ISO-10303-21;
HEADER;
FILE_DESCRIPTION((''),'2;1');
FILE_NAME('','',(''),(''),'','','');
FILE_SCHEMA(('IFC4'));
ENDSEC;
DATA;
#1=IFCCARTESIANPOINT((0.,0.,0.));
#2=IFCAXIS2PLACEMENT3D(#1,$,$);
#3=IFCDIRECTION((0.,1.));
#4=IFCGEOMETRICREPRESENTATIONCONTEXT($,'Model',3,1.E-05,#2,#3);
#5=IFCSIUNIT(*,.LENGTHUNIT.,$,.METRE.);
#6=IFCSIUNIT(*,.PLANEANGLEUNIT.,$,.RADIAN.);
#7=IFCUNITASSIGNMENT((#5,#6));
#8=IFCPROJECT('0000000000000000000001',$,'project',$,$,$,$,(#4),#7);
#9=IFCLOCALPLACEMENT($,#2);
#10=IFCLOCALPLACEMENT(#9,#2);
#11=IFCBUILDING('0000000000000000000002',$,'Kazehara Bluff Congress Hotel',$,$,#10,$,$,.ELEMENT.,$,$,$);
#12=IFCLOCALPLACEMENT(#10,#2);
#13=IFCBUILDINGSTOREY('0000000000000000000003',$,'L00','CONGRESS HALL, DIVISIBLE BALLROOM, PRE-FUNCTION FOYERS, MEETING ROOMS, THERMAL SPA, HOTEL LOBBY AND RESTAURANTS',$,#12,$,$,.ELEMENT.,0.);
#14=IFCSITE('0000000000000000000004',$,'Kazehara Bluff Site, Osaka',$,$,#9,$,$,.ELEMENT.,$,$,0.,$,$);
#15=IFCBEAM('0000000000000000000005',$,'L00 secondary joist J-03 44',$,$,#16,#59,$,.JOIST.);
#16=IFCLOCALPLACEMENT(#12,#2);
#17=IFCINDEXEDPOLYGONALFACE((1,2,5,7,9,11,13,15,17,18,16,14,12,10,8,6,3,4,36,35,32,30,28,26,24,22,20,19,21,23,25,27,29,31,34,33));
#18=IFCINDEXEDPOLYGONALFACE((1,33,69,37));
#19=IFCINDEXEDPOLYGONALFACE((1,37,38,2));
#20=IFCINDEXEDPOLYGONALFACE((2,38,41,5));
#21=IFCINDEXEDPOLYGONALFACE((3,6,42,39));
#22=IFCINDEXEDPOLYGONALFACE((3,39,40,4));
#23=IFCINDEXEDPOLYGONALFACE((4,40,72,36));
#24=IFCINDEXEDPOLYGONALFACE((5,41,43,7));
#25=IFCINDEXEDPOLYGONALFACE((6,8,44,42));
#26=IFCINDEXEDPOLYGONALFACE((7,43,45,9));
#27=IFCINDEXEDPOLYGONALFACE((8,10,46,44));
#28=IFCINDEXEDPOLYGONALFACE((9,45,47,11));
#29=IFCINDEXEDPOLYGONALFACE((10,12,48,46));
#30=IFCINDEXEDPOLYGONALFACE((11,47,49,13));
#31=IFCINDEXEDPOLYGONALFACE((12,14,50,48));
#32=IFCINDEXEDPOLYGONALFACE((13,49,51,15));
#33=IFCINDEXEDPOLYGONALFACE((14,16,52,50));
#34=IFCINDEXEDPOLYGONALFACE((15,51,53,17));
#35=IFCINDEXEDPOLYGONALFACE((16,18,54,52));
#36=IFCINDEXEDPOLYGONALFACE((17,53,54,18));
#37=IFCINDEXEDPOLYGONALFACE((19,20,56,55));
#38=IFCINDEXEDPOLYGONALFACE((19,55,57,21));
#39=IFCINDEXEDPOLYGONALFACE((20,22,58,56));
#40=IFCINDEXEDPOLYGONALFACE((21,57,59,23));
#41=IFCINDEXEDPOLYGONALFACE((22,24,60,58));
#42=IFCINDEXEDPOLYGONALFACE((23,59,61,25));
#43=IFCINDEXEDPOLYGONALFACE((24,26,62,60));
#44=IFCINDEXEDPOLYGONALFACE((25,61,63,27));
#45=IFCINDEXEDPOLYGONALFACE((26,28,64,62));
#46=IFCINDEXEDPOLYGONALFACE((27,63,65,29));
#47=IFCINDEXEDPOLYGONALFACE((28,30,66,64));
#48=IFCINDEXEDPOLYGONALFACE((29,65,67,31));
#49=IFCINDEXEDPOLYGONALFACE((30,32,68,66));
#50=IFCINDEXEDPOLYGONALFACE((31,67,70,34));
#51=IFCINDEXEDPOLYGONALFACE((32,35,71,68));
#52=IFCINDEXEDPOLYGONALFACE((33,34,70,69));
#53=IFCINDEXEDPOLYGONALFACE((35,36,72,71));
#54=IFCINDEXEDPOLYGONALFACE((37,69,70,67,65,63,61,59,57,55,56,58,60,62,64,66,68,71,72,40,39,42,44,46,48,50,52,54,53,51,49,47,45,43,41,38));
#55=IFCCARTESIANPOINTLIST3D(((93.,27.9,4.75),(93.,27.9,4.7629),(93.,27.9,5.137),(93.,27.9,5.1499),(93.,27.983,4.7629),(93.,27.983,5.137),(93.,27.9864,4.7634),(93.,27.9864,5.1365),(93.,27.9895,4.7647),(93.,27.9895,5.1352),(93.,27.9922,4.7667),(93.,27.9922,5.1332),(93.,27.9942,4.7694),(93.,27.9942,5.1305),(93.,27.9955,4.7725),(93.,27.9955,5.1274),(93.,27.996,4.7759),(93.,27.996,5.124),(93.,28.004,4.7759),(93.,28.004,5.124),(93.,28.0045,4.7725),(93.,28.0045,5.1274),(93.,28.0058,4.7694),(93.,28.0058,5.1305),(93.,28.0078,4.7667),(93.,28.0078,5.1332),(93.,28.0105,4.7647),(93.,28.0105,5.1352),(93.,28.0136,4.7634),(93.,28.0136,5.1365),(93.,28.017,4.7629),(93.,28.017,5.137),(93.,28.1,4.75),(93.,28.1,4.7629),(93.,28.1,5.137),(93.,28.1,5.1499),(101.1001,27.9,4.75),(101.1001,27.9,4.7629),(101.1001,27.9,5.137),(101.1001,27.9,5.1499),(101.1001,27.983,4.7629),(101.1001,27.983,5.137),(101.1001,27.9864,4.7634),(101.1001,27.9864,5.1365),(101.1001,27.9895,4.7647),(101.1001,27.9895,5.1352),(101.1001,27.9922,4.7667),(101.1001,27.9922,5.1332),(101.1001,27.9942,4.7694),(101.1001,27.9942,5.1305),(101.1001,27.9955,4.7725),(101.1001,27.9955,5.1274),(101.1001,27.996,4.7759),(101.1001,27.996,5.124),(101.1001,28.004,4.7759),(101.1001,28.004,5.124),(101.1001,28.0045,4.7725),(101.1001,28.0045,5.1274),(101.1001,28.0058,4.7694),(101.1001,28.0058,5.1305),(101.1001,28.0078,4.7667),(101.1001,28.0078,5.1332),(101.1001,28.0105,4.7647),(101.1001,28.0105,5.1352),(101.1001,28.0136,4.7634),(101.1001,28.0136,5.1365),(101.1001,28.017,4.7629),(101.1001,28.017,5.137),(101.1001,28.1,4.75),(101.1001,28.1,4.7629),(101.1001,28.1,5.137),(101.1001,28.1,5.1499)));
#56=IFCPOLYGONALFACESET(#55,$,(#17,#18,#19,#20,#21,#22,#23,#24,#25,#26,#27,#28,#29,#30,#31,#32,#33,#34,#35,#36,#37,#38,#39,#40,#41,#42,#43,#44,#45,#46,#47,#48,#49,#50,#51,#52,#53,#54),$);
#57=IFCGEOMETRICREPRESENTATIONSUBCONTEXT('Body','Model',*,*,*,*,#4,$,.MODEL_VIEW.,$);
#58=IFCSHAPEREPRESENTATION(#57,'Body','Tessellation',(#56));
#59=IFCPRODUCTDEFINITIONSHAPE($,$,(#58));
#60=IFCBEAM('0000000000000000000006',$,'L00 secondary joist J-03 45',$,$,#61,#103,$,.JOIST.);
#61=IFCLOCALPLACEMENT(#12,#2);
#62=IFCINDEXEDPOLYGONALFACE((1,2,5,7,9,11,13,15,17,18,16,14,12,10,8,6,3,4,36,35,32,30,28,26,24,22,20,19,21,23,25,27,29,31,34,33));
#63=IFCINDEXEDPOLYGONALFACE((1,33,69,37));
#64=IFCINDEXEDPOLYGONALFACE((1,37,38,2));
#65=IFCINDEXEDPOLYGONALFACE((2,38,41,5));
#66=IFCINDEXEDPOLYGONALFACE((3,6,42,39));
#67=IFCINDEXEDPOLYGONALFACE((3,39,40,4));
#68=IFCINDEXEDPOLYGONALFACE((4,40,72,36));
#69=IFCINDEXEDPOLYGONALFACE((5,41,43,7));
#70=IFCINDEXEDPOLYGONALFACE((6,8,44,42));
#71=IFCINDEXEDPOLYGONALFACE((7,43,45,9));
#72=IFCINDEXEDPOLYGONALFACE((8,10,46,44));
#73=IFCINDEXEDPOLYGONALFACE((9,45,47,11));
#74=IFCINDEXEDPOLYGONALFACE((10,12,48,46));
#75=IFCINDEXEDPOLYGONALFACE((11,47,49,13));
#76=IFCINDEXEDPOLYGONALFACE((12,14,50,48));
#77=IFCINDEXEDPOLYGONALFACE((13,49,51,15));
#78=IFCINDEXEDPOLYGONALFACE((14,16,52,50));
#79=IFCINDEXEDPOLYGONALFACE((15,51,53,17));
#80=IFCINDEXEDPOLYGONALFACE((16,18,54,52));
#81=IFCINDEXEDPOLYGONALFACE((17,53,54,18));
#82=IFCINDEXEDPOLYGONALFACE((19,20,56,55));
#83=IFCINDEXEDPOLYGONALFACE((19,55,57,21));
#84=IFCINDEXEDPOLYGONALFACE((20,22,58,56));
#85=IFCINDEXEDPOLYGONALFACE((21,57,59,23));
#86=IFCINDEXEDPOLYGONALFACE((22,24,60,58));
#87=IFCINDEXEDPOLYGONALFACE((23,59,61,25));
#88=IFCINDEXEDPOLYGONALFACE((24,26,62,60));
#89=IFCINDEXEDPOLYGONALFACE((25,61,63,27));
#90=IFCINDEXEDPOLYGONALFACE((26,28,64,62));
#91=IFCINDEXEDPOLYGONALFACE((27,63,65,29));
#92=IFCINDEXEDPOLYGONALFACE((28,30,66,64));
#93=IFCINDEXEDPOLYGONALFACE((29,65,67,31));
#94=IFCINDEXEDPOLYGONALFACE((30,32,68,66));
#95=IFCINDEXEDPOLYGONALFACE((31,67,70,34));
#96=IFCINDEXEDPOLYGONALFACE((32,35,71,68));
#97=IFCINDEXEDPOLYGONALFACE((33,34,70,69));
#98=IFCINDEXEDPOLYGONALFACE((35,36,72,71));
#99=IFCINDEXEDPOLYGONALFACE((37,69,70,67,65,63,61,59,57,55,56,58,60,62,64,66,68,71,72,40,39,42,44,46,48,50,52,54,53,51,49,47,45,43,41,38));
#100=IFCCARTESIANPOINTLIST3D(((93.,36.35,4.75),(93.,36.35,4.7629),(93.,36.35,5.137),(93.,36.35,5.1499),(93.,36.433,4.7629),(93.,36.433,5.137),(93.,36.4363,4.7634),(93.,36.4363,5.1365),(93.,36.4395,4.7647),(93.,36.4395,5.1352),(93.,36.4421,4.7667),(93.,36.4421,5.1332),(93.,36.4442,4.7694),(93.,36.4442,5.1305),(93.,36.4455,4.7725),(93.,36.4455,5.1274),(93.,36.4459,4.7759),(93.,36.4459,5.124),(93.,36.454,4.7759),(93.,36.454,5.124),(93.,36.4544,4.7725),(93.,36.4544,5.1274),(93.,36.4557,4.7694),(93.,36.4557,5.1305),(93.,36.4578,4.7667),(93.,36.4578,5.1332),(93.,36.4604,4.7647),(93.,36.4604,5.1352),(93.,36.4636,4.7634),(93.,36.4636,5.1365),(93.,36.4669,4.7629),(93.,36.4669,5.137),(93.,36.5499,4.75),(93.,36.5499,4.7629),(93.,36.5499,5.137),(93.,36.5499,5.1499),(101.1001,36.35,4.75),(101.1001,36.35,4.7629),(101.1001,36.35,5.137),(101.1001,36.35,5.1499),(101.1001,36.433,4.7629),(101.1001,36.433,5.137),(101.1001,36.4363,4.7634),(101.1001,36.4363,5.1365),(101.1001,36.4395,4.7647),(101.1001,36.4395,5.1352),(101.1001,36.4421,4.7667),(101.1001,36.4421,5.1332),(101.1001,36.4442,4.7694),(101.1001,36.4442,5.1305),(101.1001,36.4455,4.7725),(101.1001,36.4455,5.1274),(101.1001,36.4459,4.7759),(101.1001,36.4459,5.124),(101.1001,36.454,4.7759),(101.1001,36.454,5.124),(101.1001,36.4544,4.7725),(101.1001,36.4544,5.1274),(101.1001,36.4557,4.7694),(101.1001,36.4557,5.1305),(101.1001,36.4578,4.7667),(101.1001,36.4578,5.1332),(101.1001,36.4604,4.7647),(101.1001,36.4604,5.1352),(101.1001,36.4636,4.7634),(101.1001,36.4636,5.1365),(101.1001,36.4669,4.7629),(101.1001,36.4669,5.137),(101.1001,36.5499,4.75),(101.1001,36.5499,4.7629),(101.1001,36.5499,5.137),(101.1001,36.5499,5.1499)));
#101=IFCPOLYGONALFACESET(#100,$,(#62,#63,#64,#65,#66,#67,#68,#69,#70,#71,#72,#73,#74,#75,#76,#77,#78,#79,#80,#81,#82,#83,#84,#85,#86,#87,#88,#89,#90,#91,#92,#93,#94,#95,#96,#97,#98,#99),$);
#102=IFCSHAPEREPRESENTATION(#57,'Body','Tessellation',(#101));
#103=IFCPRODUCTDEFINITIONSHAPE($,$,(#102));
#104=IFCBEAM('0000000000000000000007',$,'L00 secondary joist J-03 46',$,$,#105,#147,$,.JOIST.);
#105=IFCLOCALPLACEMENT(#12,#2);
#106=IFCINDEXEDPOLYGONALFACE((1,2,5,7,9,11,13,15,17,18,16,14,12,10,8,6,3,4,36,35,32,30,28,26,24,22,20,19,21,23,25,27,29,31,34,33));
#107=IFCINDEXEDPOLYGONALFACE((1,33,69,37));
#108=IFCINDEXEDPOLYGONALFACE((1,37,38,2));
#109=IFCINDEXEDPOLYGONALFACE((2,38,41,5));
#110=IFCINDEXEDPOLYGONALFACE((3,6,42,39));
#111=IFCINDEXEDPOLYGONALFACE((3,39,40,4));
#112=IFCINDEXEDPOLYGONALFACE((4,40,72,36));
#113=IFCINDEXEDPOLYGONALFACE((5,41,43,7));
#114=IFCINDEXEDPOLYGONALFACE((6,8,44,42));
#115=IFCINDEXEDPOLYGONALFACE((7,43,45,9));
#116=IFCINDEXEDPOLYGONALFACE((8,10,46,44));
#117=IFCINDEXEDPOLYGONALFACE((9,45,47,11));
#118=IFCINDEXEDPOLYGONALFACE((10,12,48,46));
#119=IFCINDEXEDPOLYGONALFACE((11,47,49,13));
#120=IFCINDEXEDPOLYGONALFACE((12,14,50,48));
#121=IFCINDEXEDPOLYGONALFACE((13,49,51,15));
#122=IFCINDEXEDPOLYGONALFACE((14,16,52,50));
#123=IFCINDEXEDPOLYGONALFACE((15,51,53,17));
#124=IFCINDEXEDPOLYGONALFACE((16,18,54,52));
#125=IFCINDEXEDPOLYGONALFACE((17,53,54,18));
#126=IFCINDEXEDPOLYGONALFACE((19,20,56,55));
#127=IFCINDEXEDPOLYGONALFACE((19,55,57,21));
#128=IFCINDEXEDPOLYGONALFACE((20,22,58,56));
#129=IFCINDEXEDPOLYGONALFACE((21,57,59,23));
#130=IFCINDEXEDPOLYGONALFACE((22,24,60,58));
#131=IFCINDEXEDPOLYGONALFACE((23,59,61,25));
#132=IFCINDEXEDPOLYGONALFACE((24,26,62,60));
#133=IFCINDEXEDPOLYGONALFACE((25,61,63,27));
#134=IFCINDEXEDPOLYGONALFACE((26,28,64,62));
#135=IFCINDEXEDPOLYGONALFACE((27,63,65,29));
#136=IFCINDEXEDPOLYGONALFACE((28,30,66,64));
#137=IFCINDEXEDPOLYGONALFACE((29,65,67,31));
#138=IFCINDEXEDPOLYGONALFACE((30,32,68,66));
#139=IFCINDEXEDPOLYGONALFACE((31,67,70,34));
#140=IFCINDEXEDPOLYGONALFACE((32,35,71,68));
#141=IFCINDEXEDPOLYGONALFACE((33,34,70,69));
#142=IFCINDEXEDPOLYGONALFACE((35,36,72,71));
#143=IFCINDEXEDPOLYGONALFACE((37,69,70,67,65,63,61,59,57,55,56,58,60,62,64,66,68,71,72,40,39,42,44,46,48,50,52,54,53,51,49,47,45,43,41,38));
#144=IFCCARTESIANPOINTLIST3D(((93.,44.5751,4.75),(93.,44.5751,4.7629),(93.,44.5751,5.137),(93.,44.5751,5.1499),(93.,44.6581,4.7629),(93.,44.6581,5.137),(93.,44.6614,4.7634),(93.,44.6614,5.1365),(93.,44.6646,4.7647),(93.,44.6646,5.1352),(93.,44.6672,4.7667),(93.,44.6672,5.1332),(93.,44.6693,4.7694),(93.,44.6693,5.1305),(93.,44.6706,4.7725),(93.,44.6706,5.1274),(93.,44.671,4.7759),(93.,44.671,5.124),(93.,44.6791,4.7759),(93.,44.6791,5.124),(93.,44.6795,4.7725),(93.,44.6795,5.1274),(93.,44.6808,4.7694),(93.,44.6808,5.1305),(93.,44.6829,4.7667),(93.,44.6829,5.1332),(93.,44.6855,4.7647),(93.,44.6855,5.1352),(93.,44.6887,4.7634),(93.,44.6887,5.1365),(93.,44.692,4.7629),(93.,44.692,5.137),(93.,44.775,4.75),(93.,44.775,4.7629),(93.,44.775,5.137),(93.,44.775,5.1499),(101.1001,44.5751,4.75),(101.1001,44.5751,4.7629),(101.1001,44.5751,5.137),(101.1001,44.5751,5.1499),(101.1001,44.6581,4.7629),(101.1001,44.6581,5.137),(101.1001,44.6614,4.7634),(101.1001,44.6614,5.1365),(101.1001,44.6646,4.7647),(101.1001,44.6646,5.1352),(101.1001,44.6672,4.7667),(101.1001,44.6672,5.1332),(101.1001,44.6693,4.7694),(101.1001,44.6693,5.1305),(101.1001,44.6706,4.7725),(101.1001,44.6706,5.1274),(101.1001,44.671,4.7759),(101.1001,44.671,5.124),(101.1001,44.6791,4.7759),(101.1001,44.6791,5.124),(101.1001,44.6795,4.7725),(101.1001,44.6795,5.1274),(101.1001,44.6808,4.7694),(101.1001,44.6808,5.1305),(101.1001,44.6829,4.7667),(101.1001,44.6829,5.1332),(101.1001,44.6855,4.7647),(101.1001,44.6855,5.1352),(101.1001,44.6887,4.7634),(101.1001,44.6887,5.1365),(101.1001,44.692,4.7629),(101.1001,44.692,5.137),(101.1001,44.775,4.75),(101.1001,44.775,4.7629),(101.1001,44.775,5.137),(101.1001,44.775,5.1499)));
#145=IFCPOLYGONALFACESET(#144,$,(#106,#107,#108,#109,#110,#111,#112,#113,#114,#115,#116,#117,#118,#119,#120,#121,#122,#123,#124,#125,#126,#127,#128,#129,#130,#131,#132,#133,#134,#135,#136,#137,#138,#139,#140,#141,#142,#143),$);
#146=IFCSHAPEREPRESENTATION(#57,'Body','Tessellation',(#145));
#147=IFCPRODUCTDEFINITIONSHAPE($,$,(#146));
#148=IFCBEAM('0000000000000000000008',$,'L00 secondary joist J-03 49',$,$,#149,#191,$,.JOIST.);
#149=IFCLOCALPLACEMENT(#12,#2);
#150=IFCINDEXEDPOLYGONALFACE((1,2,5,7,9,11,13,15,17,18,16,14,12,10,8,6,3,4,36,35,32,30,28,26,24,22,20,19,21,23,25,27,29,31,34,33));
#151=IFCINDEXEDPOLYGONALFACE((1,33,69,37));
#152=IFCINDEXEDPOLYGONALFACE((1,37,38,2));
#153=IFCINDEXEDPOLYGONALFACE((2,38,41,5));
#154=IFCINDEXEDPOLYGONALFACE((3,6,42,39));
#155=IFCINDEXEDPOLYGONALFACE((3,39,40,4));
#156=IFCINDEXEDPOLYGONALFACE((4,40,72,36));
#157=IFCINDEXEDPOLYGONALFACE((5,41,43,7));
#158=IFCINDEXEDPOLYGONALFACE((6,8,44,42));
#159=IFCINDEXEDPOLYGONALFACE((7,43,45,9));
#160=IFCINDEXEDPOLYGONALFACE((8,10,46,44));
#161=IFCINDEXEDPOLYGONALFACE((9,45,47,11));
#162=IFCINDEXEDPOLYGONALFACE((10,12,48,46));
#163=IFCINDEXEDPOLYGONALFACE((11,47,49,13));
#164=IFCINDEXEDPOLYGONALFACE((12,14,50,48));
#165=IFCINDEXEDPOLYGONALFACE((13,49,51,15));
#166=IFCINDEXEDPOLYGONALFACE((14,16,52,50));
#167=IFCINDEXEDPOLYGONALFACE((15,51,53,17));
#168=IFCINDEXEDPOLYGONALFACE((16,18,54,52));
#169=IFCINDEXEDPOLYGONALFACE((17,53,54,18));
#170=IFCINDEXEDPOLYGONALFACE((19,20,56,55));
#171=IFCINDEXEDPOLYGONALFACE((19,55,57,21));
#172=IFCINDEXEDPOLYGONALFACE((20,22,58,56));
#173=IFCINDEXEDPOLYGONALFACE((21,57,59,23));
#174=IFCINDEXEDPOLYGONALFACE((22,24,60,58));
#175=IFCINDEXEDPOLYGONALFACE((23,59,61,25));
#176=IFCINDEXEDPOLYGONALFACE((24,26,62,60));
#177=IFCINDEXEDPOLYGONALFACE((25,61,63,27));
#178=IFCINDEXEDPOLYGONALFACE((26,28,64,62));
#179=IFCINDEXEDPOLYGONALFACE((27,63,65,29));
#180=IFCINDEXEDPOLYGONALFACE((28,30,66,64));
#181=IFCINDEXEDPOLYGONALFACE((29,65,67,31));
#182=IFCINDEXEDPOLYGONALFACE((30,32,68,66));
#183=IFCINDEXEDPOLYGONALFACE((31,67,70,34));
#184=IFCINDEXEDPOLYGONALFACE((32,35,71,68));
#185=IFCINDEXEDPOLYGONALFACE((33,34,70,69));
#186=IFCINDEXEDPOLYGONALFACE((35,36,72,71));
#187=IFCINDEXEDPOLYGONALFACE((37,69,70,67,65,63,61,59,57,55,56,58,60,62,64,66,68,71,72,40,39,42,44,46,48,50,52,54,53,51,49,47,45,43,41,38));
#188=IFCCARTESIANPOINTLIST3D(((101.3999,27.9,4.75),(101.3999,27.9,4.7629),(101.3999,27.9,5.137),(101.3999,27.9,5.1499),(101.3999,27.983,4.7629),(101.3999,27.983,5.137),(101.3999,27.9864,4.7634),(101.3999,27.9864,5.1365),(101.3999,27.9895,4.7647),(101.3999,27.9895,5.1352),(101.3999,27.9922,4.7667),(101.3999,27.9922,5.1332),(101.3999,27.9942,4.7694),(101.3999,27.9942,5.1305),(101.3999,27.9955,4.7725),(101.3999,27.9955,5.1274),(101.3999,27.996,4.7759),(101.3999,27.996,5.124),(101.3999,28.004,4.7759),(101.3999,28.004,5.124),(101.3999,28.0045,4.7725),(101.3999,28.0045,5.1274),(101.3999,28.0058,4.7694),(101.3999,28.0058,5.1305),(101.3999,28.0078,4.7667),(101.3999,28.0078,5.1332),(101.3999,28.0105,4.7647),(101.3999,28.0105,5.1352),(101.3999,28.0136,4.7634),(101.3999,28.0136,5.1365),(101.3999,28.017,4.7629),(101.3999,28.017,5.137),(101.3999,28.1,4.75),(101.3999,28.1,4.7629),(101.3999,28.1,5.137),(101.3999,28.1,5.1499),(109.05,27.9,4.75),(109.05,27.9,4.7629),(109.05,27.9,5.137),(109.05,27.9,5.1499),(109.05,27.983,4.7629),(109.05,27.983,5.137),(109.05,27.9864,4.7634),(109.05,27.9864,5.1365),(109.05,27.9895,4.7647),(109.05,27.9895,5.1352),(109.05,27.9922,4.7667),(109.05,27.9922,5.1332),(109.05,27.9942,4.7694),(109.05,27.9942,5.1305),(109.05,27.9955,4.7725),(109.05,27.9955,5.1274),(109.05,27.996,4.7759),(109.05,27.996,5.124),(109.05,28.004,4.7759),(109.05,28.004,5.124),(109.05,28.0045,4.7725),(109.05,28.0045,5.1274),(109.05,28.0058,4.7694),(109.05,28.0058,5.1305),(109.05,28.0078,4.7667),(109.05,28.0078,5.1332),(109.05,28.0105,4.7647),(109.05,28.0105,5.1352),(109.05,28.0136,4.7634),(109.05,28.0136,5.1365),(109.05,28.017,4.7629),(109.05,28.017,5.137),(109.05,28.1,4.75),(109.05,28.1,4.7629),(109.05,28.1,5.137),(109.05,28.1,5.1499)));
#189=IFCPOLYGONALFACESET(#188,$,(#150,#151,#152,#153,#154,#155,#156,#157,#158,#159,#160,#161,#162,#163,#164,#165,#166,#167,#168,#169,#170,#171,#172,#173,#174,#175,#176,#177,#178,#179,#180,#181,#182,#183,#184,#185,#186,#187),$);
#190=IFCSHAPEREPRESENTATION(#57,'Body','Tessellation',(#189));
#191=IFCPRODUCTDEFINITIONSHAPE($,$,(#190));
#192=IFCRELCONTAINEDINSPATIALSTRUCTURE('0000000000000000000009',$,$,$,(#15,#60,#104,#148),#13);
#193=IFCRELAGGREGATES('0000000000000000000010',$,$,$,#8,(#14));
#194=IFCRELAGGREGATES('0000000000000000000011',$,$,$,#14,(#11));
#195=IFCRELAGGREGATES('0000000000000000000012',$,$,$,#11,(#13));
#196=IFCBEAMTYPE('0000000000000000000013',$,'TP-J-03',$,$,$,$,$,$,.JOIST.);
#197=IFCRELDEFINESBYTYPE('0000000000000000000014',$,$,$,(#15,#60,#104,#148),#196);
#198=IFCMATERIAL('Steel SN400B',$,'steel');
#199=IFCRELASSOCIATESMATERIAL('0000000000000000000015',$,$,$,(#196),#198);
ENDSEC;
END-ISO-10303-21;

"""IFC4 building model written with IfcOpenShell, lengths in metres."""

from ifc_helpers import new_model, si_unit, direction, frame, origin, origin_2d, place, context, subcontext, project, spatial, i_section, extrude, material, material_profile, profile_set, type_object, element, save


model = new_model("IFC4")

# Units and contexts
model_context = context("Model", 3, precision=1e-05, world=origin(), true_north=direction((0.0, 1.0)))
body_context = subcontext(model_context, "Body", "Model", "MODEL_VIEW")
ifc_project = project(units=[si_unit("LENGTHUNIT", "METRE"), si_unit("PLANEANGLEUNIT", "RADIAN")], contexts=[model_context])

# Site, building, storey
site_placement = place(None, origin())
site = spatial("IfcSite", under=ifc_project, at=site_placement, Name="Kazehara Bluff Site, Osaka", CompositionType="ELEMENT", RefElevation=0.0)
building_placement = place(site_placement, origin())
building = spatial("IfcBuilding", under=site, at=building_placement, Name="Kazehara Bluff Congress Hotel", CompositionType="ELEMENT")
storey_placement = place(building_placement, origin())
storey = spatial("IfcBuildingStorey", under=building, at=storey_placement, Name="L00", Description="CONGRESS HALL, DIVISIBLE BALLROOM, PRE-FUNCTION FOYERS, MEETING ROOMS, THERMAL SPA, HOTEL LOBBY AND RESTAURANTS", CompositionType="ELEMENT", Elevation=0.0)

# Beams
ifc_material_1 = material(Name="Steel SN400B", Category="steel")
ifc_material_profile_1 = material_profile(ifc_material_1, i_section(OverallWidth=0.2, OverallDepth=0.3999, WebThickness=0.0081, FlangeThickness=0.0129, FilletRadius=0.0129, at=origin_2d()))
ifc_profile_set_1 = profile_set([ifc_material_profile_1], Name="Steel SN400B")
beam_type_1 = type_object("IfcBeamType", Name="TP-J-03", PredefinedType="JOIST", material=ifc_profile_set_1)
for number, where, z_axis, x_axis, name in (
    (1, (93.0, 28.0, 4.95), (1.0, 0.0, 0.0), (0.0, 1.0, 0.0), "L00 secondary joist J-03 44"),
    (2, (93.0, 36.45, 4.95), (1.0, 0.0, 0.0), (0.0, 1.0, 0.0), "L00 secondary joist J-03 45"),
    (3, (93.0, 44.675, 4.95), (1.0, 0.0, 0.0), (0.0, 1.0, 0.0), "L00 secondary joist J-03 46"),
):
    element("IfcBeam", number, at=place(storey_placement, frame(where, z_axis=z_axis, x_axis=x_axis)), inside=storey, type_object=beam_type_1, Name=name, PredefinedType="JOIST", context=body_context, shape_type="SweptSolid", body=[
        extrude(i_section(OverallWidth=0.2, OverallDepth=0.3999, WebThickness=0.0081, FlangeThickness=0.0129, FilletRadius=0.0129, at=origin_2d()), origin(), (0.0, 0.0, 1.0), 8.1001),
    ])
beam_1_placement = place(storey_placement, frame((101.3999, 28.0, 4.95), z_axis=(1.0, 0.0, 0.0), x_axis=(0.0, 1.0, 0.0)))
element("IfcBeam", 4, at=beam_1_placement, inside=storey, type_object=beam_type_1, Name="L00 secondary joist J-03 49", PredefinedType="JOIST", context=body_context, shape_type="SweptSolid", body=[
    extrude(i_section(OverallWidth=0.2, OverallDepth=0.3999, WebThickness=0.0081, FlangeThickness=0.0129, FilletRadius=0.0129, at=origin_2d()), origin(), (0.0, 0.0, 1.0), 7.6501),
])

save(model, "model.ifc")
